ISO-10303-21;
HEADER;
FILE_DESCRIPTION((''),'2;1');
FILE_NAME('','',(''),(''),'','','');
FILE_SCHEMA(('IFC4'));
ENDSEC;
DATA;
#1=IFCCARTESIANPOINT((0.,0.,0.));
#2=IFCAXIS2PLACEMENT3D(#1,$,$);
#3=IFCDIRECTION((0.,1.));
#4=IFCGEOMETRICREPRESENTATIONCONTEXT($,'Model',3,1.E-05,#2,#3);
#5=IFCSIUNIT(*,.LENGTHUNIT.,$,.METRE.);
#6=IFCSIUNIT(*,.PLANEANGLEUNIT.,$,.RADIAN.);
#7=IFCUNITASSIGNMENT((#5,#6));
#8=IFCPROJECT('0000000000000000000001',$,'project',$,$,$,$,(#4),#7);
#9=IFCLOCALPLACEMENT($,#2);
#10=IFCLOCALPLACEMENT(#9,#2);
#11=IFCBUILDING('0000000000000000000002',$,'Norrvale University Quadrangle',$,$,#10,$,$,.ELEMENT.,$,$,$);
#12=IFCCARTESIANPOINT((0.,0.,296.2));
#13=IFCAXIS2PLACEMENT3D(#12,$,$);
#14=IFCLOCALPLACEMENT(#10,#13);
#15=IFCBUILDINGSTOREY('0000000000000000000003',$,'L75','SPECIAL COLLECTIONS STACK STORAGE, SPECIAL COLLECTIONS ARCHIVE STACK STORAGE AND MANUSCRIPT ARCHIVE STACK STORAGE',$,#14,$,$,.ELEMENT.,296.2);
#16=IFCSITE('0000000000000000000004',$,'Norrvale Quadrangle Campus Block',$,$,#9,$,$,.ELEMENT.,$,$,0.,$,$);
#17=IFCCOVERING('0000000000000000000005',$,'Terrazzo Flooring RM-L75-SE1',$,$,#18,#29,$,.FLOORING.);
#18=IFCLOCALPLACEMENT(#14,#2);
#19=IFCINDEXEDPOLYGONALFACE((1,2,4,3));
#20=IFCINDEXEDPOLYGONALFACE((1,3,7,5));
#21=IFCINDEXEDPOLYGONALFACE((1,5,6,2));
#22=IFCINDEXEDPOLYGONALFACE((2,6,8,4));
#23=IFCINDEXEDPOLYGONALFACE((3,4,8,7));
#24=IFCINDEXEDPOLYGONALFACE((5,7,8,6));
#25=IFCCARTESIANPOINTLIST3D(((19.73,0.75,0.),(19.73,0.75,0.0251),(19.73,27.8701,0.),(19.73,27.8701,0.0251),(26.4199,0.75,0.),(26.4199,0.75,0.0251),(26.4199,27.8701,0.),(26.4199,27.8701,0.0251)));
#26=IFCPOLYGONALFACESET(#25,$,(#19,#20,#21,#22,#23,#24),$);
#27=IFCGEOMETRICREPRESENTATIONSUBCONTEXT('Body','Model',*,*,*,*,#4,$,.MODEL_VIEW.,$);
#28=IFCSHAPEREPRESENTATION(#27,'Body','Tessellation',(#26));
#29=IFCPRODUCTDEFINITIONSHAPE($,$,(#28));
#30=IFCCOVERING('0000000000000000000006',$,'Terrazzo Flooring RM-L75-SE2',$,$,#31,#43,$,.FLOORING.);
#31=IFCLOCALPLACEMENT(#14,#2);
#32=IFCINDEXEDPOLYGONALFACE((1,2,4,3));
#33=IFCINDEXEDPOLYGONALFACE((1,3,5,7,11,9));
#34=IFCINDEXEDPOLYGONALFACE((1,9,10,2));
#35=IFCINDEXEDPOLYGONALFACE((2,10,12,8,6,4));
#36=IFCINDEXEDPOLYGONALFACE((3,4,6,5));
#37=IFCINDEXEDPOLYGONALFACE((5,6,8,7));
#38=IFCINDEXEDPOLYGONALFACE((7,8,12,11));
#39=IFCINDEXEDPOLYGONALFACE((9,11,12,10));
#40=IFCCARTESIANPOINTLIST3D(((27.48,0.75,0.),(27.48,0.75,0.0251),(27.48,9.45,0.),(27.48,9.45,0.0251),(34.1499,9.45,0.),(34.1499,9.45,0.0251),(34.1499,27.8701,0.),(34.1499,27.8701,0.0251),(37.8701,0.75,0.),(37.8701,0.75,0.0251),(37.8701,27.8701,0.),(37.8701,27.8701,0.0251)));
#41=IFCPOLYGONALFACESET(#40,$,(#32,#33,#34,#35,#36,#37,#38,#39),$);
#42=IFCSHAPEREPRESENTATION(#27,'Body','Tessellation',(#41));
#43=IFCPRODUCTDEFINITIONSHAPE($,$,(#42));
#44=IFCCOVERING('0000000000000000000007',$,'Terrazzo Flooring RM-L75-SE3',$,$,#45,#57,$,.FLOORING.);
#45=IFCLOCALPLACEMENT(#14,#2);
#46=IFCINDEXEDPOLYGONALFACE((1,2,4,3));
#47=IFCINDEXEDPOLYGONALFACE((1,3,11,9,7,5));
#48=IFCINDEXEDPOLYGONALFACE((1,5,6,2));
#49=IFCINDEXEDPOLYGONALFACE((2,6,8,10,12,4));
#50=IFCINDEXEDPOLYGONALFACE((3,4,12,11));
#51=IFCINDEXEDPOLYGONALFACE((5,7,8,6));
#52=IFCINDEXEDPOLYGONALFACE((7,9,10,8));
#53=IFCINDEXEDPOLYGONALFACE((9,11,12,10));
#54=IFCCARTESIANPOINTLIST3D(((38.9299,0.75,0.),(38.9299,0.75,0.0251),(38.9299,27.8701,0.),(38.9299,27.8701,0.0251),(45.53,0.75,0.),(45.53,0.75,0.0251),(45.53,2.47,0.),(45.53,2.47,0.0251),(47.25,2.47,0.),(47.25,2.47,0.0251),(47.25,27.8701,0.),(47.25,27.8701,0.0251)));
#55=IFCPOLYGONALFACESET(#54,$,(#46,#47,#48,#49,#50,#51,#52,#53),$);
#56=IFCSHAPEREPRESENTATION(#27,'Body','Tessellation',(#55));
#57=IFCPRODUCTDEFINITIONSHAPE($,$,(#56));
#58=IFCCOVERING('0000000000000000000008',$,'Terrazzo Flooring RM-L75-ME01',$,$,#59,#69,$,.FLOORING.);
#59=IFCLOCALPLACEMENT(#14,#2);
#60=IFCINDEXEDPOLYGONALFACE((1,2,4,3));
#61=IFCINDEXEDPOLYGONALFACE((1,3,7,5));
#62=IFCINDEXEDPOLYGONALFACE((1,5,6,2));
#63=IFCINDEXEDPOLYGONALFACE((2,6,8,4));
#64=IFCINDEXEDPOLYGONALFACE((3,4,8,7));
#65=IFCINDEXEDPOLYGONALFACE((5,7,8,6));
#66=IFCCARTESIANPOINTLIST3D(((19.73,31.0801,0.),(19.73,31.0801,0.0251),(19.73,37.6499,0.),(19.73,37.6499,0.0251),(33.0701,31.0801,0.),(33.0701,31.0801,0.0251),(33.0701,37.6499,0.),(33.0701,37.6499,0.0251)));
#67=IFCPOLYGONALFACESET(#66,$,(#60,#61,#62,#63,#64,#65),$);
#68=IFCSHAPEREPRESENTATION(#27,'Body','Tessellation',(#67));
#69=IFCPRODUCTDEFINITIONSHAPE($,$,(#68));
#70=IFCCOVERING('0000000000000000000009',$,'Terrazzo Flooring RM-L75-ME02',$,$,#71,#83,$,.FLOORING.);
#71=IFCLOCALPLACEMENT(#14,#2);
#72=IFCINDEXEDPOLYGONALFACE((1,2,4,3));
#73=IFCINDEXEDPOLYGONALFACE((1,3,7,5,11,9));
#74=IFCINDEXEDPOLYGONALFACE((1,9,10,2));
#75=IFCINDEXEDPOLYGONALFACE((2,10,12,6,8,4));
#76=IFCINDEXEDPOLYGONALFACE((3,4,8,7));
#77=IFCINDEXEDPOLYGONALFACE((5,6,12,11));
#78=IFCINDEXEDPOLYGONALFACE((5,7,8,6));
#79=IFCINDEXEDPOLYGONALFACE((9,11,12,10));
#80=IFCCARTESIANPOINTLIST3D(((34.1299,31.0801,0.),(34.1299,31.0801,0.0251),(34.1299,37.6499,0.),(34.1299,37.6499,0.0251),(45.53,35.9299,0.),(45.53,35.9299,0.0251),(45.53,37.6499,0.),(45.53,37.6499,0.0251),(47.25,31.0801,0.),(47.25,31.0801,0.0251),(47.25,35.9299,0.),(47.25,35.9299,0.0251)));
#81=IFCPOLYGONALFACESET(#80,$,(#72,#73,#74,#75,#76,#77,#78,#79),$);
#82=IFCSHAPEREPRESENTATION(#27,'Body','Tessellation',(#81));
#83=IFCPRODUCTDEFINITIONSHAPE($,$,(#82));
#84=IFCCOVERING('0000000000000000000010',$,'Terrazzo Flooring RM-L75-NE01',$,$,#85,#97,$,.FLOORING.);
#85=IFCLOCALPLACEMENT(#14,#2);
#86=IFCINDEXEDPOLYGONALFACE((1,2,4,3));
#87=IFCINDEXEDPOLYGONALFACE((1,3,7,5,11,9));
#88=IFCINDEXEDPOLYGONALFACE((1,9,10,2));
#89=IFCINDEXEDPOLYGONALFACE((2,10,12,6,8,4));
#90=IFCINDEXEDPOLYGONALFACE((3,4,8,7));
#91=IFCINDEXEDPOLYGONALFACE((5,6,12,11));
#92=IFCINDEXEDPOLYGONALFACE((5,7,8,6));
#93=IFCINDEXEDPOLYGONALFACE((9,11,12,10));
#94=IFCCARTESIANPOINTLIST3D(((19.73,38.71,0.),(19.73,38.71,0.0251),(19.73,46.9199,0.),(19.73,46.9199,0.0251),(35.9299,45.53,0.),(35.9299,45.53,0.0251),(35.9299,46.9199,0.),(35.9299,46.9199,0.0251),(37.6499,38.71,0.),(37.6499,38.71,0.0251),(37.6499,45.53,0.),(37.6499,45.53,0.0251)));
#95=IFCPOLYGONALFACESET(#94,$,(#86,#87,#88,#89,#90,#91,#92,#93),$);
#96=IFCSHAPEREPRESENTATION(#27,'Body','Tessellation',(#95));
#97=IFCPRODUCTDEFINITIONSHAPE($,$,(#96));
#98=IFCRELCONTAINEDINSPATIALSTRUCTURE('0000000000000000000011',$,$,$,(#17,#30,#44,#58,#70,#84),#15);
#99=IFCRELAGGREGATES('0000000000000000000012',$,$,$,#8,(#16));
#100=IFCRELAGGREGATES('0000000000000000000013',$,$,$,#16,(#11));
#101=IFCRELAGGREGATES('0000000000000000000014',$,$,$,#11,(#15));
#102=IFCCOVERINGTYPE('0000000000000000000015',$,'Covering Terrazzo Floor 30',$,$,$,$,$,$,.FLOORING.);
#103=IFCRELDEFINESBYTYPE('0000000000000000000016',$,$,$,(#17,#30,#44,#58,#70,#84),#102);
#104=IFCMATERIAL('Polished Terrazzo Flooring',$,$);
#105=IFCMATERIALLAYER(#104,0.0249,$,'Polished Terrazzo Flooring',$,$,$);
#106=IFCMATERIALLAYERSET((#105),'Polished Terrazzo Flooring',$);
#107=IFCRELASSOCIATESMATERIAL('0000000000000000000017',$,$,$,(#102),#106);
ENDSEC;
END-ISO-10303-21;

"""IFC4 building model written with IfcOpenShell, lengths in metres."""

from ifc_helpers import new_model, si_unit, direction, frame, origin, place, context, subcontext, project, spatial, polyline, outline, extrude, material, layer, layer_set, type_object, element, save


model = new_model("IFC4")

# Units and contexts
model_context = context("Model", 3, precision=1e-05, world=origin(), true_north=direction((0.0, 1.0)))
body_context = subcontext(model_context, "Body", "Model", "MODEL_VIEW")
ifc_project = project(units=[si_unit("LENGTHUNIT", "METRE"), si_unit("PLANEANGLEUNIT", "RADIAN")], contexts=[model_context])

# Site, building, storey
site_placement = place(None, origin())
site = spatial("IfcSite", under=ifc_project, at=site_placement, Name="Norrvale Quadrangle Campus Block", CompositionType="ELEMENT", RefElevation=0.0)
building_placement = place(site_placement, origin())
building = spatial("IfcBuilding", under=site, at=building_placement, Name="Norrvale University Quadrangle", CompositionType="ELEMENT")
storey_placement = place(building_placement, frame((0.0, 0.0, 296.2)))
storey = spatial("IfcBuildingStorey", under=building, at=storey_placement, Name="L75", Description="SPECIAL COLLECTIONS STACK STORAGE, SPECIAL COLLECTIONS ARCHIVE STACK STORAGE AND MANUSCRIPT ARCHIVE STACK STORAGE", CompositionType="ELEMENT", Elevation=296.2)

# Coverings
ifc_material_1 = material(Name="Polished Terrazzo Flooring")
ifc_layer_1 = layer(ifc_material_1, 0.0249, Name="Polished Terrazzo Flooring")
ifc_layer_set_1 = layer_set([ifc_layer_1], Name="Polished Terrazzo Flooring")
covering_type = type_object("IfcCoveringType", Name="Covering Terrazzo Floor 30", PredefinedType="FLOORING", material=ifc_layer_set_1)
covering_1_placement = place(storey_placement, origin())
element("IfcCovering", 1, at=covering_1_placement, inside=storey, type_object=covering_type, Name="Terrazzo Flooring RM-L75-SE1", PredefinedType="FLOORING", context=body_context, shape_type="SweptSolid", body=[
    extrude(outline(polyline([(19.73, 27.8701), (26.4199, 27.8701), (26.4199, 0.75), (19.73, 0.75), (19.73, 27.8701)])), origin(), (0.0, 0.0, 1.0), 0.0251),
])
covering_2_placement = place(storey_placement, origin())
element("IfcCovering", 2, at=covering_2_placement, inside=storey, type_object=covering_type, Name="Terrazzo Flooring RM-L75-SE2", PredefinedType="FLOORING", context=body_context, shape_type="SweptSolid", body=[
    extrude(outline(polyline([(27.48, 9.45), (34.1499, 9.45), (34.1499, 27.8701), (37.8701, 27.8701), (37.8701, 0.75), (27.48, 0.75), (27.48, 9.45)])), origin(), (0.0, 0.0, 1.0), 0.0251),
])
covering_3_placement = place(storey_placement, origin())
element("IfcCovering", 3, at=covering_3_placement, inside=storey, type_object=covering_type, Name="Terrazzo Flooring RM-L75-SE3", PredefinedType="FLOORING", context=body_context, shape_type="SweptSolid", body=[
    extrude(outline(polyline([(38.9299, 0.75), (38.9299, 27.8701), (47.25, 27.8701), (47.25, 2.47), (45.53, 2.47), (45.53, 0.75), (38.9299, 0.75)])), origin(), (0.0, 0.0, 1.0), 0.0251),
])
covering_4_placement = place(storey_placement, origin())
element("IfcCovering", 4, at=covering_4_placement, inside=storey, type_object=covering_type, Name="Terrazzo Flooring RM-L75-ME01", PredefinedType="FLOORING", context=body_context, shape_type="SweptSolid", body=[
    extrude(outline(polyline([(19.73, 37.6499), (33.0701, 37.6499), (33.0701, 31.0801), (19.73, 31.0801), (19.73, 37.6499)])), origin(), (0.0, 0.0, 1.0), 0.0251),
])
covering_5_placement = place(storey_placement, origin())
element("IfcCovering", 5, at=covering_5_placement, inside=storey, type_object=covering_type, Name="Terrazzo Flooring RM-L75-ME02", PredefinedType="FLOORING", context=body_context, shape_type="SweptSolid", body=[
    extrude(outline(polyline([(47.25, 31.0801), (34.1299, 31.0801), (34.1299, 37.6499), (45.53, 37.6499), (45.53, 35.9299), (47.25, 35.9299), (47.25, 31.0801)])), origin(), (0.0, 0.0, 1.0), 0.0251),
])
covering_6_placement = place(storey_placement, origin())
element("IfcCovering", 6, at=covering_6_placement, inside=storey, type_object=covering_type, Name="Terrazzo Flooring RM-L75-NE01", PredefinedType="FLOORING", context=body_context, shape_type="SweptSolid", body=[
    extrude(outline(polyline([(37.6499, 38.71), (19.73, 38.71), (19.73, 46.9199), (35.9299, 46.9199), (35.9299, 45.53), (37.6499, 45.53), (37.6499, 38.71)])), origin(), (0.0, 0.0, 1.0), 0.0251),
])

save(model, "model.ifc")
